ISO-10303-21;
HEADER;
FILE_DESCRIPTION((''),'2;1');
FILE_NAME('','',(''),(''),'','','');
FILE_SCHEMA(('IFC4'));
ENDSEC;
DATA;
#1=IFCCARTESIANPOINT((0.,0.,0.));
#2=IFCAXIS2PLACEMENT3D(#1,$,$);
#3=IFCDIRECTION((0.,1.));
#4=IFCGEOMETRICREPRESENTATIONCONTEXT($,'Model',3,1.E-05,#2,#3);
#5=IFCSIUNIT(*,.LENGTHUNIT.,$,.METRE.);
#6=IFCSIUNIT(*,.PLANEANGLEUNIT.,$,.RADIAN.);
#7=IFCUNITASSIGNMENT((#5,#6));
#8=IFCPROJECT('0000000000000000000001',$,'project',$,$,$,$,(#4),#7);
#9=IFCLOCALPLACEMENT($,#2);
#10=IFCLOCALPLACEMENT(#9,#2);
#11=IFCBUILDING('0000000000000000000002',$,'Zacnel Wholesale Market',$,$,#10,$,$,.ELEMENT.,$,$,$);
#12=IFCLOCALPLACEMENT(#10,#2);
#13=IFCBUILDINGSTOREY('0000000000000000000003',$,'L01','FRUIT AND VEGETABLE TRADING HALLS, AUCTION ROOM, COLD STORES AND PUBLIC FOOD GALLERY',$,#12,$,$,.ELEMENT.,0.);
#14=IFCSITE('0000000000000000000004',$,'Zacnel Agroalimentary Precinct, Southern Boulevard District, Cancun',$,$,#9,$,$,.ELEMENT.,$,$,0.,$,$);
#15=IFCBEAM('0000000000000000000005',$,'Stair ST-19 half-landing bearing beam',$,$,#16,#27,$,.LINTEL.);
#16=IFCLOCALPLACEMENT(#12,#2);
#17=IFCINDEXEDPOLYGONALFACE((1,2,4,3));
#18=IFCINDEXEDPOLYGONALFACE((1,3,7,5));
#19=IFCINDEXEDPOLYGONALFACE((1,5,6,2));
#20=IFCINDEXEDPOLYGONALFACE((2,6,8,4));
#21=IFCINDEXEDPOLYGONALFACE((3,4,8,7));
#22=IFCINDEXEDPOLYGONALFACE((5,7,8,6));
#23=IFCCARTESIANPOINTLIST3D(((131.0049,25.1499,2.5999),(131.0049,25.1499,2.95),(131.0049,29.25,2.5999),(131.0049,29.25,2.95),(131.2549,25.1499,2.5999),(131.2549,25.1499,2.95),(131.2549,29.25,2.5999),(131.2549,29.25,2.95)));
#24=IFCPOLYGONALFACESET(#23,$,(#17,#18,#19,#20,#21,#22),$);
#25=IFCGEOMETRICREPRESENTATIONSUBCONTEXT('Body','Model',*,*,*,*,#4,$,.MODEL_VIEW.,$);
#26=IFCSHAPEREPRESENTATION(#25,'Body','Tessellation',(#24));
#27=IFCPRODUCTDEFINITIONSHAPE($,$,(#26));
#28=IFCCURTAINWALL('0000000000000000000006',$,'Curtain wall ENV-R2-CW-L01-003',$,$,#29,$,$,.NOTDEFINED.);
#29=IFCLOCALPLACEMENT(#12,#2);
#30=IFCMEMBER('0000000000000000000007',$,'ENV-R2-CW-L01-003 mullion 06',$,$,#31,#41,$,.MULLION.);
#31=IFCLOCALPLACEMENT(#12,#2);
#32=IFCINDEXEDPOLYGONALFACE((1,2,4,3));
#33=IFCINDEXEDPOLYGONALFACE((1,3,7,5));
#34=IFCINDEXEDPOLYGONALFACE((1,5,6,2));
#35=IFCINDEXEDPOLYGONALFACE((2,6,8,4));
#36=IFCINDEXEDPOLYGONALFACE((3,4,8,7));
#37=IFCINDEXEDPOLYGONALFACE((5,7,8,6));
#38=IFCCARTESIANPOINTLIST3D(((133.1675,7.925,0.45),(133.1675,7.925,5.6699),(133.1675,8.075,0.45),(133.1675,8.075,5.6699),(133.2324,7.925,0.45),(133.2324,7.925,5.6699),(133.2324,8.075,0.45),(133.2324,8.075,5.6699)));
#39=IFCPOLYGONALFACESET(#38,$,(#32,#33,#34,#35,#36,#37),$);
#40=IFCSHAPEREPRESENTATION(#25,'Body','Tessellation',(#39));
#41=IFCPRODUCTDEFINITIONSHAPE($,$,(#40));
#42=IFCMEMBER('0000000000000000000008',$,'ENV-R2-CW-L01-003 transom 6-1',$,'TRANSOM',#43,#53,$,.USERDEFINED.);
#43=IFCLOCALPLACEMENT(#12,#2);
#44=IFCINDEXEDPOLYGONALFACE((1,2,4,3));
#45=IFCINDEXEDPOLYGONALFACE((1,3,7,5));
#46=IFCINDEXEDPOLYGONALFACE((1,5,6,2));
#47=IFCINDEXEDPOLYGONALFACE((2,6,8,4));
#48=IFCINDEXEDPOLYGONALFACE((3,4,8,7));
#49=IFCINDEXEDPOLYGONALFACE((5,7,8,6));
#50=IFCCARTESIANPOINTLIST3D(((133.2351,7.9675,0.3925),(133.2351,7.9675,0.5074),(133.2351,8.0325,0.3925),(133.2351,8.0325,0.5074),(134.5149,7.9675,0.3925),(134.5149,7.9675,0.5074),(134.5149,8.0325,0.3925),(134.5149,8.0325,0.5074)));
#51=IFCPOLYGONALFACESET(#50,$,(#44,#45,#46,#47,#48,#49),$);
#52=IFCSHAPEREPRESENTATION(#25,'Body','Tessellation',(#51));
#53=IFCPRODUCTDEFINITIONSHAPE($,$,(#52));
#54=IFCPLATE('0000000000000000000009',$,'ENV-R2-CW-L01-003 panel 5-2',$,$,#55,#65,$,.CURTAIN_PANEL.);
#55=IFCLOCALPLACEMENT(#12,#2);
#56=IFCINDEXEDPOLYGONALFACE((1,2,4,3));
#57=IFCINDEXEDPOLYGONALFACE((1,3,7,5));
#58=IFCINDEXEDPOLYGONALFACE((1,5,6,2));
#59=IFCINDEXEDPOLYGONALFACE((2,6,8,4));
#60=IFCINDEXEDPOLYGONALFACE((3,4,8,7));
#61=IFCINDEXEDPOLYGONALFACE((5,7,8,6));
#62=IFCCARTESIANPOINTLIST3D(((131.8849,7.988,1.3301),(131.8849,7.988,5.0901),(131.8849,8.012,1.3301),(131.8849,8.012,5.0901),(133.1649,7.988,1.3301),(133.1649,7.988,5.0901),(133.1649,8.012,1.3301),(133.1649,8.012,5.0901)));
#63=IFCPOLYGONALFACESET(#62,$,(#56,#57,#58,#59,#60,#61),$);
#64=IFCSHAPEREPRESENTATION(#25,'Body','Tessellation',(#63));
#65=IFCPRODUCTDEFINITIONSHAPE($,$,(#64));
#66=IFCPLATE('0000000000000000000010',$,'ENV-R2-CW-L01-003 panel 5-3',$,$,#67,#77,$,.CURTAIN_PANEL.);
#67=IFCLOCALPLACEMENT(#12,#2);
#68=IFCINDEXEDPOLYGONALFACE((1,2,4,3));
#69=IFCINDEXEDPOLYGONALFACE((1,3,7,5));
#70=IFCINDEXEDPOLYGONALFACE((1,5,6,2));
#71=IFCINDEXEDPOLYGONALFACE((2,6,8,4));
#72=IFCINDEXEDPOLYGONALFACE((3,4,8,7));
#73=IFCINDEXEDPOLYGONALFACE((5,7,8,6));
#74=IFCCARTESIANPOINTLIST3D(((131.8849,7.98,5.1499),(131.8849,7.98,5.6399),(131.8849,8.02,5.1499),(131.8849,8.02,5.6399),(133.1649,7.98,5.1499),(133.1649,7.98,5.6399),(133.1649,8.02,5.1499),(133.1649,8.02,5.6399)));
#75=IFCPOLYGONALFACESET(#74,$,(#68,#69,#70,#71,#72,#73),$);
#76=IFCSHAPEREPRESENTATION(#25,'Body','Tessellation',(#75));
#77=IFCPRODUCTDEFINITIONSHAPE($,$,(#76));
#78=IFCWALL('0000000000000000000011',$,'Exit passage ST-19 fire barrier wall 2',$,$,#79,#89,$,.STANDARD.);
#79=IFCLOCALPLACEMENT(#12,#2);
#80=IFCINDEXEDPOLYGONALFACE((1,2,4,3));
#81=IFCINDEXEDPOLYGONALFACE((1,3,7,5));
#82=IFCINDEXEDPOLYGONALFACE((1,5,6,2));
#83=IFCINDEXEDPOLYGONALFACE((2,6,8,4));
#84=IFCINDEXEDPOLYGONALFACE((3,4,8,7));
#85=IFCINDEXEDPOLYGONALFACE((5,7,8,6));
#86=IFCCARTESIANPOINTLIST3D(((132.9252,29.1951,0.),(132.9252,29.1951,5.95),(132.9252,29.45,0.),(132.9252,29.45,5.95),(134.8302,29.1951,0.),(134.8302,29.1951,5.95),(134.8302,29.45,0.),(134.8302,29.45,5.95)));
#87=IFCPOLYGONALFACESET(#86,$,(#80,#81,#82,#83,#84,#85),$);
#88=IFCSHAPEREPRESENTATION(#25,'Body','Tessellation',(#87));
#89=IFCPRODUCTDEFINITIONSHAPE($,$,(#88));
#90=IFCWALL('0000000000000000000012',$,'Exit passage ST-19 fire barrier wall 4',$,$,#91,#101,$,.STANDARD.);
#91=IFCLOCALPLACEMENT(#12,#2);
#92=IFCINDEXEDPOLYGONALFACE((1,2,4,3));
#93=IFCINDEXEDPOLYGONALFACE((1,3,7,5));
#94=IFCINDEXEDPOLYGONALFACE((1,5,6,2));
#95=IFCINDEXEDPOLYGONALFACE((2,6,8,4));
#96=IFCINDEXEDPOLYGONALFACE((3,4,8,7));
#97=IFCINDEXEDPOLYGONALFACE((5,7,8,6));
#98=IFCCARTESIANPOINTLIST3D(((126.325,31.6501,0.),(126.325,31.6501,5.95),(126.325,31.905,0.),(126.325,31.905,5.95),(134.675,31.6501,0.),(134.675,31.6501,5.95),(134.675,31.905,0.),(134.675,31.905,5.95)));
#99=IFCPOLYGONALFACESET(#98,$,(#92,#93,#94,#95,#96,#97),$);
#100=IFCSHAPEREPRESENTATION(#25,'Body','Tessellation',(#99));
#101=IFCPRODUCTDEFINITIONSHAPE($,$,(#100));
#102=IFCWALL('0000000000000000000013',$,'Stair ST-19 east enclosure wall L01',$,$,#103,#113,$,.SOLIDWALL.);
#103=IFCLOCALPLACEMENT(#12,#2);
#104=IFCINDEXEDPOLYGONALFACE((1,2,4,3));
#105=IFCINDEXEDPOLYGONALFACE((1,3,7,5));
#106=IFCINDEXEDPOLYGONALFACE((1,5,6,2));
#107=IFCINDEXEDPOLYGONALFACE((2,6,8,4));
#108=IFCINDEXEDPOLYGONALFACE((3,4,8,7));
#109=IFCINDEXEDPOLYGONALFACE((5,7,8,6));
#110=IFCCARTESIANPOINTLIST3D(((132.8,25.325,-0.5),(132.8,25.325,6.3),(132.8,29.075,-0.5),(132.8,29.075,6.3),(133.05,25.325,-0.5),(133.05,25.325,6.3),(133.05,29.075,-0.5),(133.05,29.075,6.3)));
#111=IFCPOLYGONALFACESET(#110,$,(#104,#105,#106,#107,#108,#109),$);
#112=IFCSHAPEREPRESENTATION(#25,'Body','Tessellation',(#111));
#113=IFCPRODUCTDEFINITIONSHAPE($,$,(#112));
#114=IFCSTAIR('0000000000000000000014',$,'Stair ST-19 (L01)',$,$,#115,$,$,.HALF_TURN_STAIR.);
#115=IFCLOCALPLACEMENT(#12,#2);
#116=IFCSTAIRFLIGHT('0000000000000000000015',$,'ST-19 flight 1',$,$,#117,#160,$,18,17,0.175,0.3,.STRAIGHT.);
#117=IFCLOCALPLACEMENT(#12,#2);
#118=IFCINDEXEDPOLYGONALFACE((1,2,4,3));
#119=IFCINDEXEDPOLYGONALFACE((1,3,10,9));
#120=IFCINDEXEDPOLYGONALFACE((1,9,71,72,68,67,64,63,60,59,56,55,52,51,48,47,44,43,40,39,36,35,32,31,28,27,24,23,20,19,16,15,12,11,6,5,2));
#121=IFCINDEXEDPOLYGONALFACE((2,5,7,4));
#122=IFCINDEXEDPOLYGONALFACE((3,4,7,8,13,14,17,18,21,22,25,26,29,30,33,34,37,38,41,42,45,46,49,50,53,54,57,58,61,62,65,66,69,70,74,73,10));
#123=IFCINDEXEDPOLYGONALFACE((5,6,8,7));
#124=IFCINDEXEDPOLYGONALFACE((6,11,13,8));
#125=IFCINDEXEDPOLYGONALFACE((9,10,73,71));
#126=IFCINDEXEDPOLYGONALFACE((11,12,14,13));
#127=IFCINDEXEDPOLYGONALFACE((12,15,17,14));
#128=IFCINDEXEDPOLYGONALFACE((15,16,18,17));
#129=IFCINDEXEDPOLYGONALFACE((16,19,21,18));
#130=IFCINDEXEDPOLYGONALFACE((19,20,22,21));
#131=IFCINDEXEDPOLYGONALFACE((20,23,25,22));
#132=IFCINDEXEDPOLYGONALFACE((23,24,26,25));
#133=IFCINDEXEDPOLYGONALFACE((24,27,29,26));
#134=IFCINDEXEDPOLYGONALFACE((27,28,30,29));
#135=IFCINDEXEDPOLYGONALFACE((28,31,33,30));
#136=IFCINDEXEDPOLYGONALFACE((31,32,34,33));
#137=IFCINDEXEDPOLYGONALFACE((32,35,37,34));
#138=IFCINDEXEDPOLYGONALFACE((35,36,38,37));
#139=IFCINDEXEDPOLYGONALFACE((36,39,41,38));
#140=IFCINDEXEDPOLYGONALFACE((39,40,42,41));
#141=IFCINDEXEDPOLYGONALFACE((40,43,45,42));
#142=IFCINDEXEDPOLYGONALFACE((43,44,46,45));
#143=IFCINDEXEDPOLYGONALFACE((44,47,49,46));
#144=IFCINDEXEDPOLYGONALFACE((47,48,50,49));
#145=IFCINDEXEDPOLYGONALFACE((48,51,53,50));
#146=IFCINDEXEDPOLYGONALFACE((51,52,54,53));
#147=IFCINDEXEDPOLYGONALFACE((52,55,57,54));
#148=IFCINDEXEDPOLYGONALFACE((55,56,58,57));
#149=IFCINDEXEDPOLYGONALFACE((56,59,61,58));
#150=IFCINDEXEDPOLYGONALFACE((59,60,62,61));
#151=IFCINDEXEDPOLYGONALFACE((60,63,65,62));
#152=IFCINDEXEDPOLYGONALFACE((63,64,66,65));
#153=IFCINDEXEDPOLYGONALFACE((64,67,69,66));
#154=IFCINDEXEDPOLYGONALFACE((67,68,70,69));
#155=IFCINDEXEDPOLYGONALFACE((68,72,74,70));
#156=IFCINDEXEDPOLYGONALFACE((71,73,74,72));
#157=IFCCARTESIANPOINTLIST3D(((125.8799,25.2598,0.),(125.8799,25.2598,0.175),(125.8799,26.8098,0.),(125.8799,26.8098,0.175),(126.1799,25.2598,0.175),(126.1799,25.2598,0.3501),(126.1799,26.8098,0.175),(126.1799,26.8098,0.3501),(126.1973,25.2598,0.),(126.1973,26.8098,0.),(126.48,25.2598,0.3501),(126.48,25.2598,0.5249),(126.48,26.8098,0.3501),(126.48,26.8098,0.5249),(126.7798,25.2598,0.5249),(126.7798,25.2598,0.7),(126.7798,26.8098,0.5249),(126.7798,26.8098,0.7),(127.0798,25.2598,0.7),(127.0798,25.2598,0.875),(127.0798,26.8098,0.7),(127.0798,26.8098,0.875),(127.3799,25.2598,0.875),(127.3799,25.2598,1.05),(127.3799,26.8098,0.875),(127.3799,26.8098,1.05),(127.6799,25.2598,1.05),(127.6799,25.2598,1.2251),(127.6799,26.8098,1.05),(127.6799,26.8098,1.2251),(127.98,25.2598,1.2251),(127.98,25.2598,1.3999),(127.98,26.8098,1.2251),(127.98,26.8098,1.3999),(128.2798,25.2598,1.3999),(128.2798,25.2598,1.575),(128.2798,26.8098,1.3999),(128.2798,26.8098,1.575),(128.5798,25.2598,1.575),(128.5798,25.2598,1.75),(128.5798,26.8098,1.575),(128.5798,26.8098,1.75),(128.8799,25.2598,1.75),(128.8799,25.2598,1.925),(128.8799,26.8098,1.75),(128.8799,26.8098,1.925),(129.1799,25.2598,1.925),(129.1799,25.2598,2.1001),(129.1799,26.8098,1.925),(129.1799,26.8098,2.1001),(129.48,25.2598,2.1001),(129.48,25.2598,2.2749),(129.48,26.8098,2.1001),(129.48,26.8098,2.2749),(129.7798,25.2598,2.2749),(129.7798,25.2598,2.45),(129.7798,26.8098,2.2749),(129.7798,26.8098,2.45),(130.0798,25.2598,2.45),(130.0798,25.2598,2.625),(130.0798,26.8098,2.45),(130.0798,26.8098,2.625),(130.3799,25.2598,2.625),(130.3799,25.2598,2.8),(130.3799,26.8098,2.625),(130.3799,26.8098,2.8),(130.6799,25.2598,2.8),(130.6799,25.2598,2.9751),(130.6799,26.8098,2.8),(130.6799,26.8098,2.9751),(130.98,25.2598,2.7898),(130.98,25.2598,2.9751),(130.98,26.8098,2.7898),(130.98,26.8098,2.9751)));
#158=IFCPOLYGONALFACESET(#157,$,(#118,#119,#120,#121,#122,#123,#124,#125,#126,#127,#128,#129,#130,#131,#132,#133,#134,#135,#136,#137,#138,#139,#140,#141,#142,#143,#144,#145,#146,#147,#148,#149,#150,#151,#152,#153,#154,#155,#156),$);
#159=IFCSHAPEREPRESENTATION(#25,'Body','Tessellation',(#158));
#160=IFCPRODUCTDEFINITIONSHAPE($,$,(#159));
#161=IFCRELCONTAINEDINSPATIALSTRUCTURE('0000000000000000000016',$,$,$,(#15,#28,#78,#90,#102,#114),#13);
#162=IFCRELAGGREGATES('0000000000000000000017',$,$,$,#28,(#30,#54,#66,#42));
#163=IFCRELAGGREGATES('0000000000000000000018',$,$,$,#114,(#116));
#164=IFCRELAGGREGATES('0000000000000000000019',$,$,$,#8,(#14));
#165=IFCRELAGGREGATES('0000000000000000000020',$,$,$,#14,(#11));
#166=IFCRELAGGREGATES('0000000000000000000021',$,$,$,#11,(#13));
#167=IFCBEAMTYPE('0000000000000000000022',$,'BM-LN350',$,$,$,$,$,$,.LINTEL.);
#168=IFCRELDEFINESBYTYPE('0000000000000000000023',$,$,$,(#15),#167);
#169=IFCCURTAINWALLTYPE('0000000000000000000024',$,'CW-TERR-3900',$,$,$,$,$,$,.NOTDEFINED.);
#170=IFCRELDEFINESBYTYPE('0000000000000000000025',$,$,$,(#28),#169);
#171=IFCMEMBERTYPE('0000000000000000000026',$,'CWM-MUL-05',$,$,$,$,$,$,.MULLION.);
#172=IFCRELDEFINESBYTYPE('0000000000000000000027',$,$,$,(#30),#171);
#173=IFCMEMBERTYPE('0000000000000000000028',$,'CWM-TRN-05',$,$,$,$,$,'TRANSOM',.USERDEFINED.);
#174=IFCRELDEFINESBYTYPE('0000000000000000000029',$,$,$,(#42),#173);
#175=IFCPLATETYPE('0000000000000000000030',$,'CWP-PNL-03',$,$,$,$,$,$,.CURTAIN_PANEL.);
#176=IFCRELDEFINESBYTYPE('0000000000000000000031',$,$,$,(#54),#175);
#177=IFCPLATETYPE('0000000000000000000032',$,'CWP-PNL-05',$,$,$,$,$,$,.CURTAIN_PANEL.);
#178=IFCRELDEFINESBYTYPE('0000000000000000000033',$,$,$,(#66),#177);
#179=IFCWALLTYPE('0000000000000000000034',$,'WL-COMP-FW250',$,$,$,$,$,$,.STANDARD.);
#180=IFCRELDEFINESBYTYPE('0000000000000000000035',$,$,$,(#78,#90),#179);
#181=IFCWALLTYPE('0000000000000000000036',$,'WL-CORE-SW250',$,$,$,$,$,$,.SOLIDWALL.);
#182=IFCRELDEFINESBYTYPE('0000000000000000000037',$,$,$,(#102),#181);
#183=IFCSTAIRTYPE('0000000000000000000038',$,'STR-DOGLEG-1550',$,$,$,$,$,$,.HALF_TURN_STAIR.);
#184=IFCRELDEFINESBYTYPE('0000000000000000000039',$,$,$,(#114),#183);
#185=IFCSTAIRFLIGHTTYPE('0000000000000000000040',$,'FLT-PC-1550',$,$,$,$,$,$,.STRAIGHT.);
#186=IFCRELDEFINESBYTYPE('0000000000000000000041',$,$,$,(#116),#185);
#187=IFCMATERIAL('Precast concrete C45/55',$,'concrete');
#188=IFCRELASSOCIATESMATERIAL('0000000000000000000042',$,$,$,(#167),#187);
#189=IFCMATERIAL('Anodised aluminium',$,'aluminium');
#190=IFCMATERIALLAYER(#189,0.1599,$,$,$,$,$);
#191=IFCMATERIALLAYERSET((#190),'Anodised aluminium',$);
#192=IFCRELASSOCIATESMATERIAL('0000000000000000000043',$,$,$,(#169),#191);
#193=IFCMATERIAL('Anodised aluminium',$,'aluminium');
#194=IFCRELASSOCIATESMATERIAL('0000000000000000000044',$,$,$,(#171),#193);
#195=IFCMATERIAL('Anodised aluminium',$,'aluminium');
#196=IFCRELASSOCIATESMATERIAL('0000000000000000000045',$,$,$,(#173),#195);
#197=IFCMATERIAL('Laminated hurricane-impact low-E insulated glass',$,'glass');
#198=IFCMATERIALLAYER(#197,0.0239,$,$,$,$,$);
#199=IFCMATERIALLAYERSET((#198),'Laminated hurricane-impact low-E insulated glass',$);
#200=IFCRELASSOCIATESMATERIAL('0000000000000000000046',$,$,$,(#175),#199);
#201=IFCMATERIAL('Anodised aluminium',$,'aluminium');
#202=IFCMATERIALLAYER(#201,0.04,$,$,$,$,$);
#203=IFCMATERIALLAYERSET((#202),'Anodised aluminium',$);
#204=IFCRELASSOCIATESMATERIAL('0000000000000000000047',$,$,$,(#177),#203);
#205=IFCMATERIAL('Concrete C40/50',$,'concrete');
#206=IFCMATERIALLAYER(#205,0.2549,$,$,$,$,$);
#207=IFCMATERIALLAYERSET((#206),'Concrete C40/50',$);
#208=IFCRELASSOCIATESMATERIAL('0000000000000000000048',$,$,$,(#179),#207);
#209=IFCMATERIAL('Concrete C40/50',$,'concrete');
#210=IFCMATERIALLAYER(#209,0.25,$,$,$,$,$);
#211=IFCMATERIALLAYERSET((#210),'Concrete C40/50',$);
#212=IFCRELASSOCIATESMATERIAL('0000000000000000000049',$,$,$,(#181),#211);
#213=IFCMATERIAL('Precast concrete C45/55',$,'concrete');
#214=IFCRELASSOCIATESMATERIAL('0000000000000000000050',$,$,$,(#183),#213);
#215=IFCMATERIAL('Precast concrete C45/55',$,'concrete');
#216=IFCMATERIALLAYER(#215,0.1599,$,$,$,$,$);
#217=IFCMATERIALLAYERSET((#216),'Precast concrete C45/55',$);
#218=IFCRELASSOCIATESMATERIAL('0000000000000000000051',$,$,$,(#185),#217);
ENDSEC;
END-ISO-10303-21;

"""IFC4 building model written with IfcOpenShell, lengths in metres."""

from ifc_helpers import new_model, si_unit, direction, frame, frame_2d, origin, origin_2d, place, context, subcontext, project, spatial, polyline, rectangle, outline, extrude, material, layer, layer_set, material_profile, profile_set, type_object, element, aggregate, save


model = new_model("IFC4")

# Units and contexts
model_context = context("Model", 3, precision=1e-05, world=origin(), true_north=direction((0.0, 1.0)))
body_context = subcontext(model_context, "Body", "Model", "MODEL_VIEW")
ifc_project = project(units=[si_unit("LENGTHUNIT", "METRE"), si_unit("PLANEANGLEUNIT", "RADIAN")], contexts=[model_context])

# Site, building, storey
site_placement = place(None, origin())
site = spatial("IfcSite", under=ifc_project, at=site_placement, Name="Zacnel Agroalimentary Precinct, Southern Boulevard District, Cancun", CompositionType="ELEMENT", RefElevation=0.0)
building_placement = place(site_placement, origin())
building = spatial("IfcBuilding", under=site, at=building_placement, Name="Zacnel Wholesale Market", CompositionType="ELEMENT")
storey_placement = place(building_placement, origin())
storey = spatial("IfcBuildingStorey", under=building, at=storey_placement, Name="L01", Description="FRUIT AND VEGETABLE TRADING HALLS, AUCTION ROOM, COLD STORES AND PUBLIC FOOD GALLERY", CompositionType="ELEMENT", Elevation=0.0)

# Beam
ifc_material_1 = material(Name="Precast concrete C45/55", Category="concrete")
ifc_material_profile_1 = material_profile(ifc_material_1, rectangle(XDim=0.25, YDim=0.3501, at=origin_2d()), Name="LN 250x350")
ifc_profile_set_1 = profile_set([ifc_material_profile_1], Name="Precast concrete C45/55")
beam_type = type_object("IfcBeamType", Name="BM-LN350", PredefinedType="LINTEL", material=ifc_profile_set_1)
beam_placement = place(storey_placement, frame((131.1299, 25.1499, 2.7749), z_axis=(0.0, 1.0, 0.0), x_axis=(-1.0, 0.0, 0.0)))
element("IfcBeam", 1, at=beam_placement, inside=storey, type_object=beam_type, Name="Stair ST-19 half-landing bearing beam", PredefinedType="LINTEL", context=body_context, shape_type="SweptSolid", body=[
    extrude(rectangle(XDim=0.25, YDim=0.3501, at=origin_2d()), origin(), (0.0, 0.0, 1.0), 4.1001),
])

# Curtain wall, members, plates
ifc_material_2 = material(Name="Anodised aluminium", Category="aluminium")
ifc_layer_1 = layer(ifc_material_2, 0.1599)
ifc_layer_set_1 = layer_set([ifc_layer_1], Name="Anodised aluminium")
curtain_wall_type = type_object("IfcCurtainWallType", Name="CW-TERR-3900", PredefinedType="NOTDEFINED", material=ifc_layer_set_1)
curtain_wall_placement = place(storey_placement, origin())
curtain_wall = element("IfcCurtainWall", 2, at=curtain_wall_placement, inside=storey, type_object=curtain_wall_type, Name="Curtain wall ENV-R2-CW-L01-003", PredefinedType="NOTDEFINED")
ifc_material_3 = material(Name="Anodised aluminium", Category="aluminium")
ifc_material_profile_2 = material_profile(ifc_material_3, rectangle(XDim=0.0649, YDim=0.1499, at=origin_2d()), Name="AW-MULLION 65x150")
ifc_profile_set_2 = profile_set([ifc_material_profile_2], Name="Anodised aluminium")
member_type_1 = type_object("IfcMemberType", Name="CWM-MUL-05", PredefinedType="MULLION", material=ifc_profile_set_2)
member_1_placement = place(storey_placement, frame((133.2, 8.0, 0.45), z_axis=(0.0, 0.0, 1.0), x_axis=(1.0, 0.0, 0.0)))
member_1 = element("IfcMember", 3, at=member_1_placement, type_object=member_type_1, Name="ENV-R2-CW-L01-003 mullion 06", PredefinedType="MULLION", context=body_context, shape_type="SweptSolid", body=[
    extrude(rectangle(XDim=0.0649, YDim=0.1499, at=origin_2d()), origin(), (0.0, 0.0, 1.0), 5.22),
])
ifc_material_4 = material(Name="Anodised aluminium", Category="aluminium")
ifc_material_profile_3 = material_profile(ifc_material_4, rectangle(XDim=0.0649, YDim=0.115, at=origin_2d()), Name="AW-TRANSOM 65x115")
ifc_profile_set_3 = profile_set([ifc_material_profile_3], Name="Anodised aluminium")
member_type_2 = type_object("IfcMemberType", Name="CWM-TRN-05", ElementType="TRANSOM", PredefinedType="USERDEFINED", material=ifc_profile_set_3)
member_2_placement = place(storey_placement, frame((133.2351, 8.0, 0.45), z_axis=(1.0, 0.0, 0.0), x_axis=(0.0, 1.0, 0.0)))
member_2 = element("IfcMember", 4, at=member_2_placement, type_object=member_type_2, Name="ENV-R2-CW-L01-003 transom 6-1", ObjectType="TRANSOM", PredefinedType="USERDEFINED", context=body_context, shape_type="SweptSolid", body=[
    extrude(rectangle(XDim=0.0649, YDim=0.115, at=origin_2d()), origin(), (0.0, 0.0, 1.0), 1.2798),
])
ifc_material_5 = material(Name="Laminated hurricane-impact low-E insulated glass", Category="glass")
ifc_layer_2 = layer(ifc_material_5, 0.0239)
ifc_layer_set_2 = layer_set([ifc_layer_2], Name="Laminated hurricane-impact low-E insulated glass")
plate_type_1 = type_object("IfcPlateType", Name="CWP-PNL-03", PredefinedType="CURTAIN_PANEL", material=ifc_layer_set_2)
plate_1_placement = place(storey_placement, frame((132.5249, 8.0, 1.3301), z_axis=(0.0, 0.0, 1.0), x_axis=(1.0, 0.0, 0.0)))
plate_1 = element("IfcPlate", 5, at=plate_1_placement, type_object=plate_type_1, Name="ENV-R2-CW-L01-003 panel 5-2", PredefinedType="CURTAIN_PANEL", context=body_context, shape_type="SweptSolid", body=[
    extrude(rectangle(XDim=1.28, YDim=0.0239, at=origin_2d()), origin(), (0.0, 0.0, 1.0), 3.76),
])
ifc_material_6 = material(Name="Anodised aluminium", Category="aluminium")
ifc_layer_3 = layer(ifc_material_6, 0.04)
ifc_layer_set_3 = layer_set([ifc_layer_3], Name="Anodised aluminium")
plate_type_2 = type_object("IfcPlateType", Name="CWP-PNL-05", PredefinedType="CURTAIN_PANEL", material=ifc_layer_set_3)
plate_2_placement = place(storey_placement, frame((132.5249, 8.0, 5.1499), z_axis=(0.0, 0.0, 1.0), x_axis=(1.0, 0.0, 0.0)))
plate_2 = element("IfcPlate", 6, at=plate_2_placement, type_object=plate_type_2, Name="ENV-R2-CW-L01-003 panel 5-3", PredefinedType="CURTAIN_PANEL", context=body_context, shape_type="SweptSolid", body=[
    extrude(rectangle(XDim=1.28, YDim=0.04, at=origin_2d()), origin(), (0.0, 0.0, 1.0), 0.49),
])
aggregate(curtain_wall, [member_1, plate_1, plate_2, member_2])

# Walls
ifc_material_7 = material(Name="Concrete C40/50", Category="concrete")
ifc_layer_4 = layer(ifc_material_7, 0.2549)
ifc_layer_set_4 = layer_set([ifc_layer_4], Name="Concrete C40/50")
wall_type_1 = type_object("IfcWallType", Name="WL-COMP-FW250", PredefinedType="STANDARD", material=ifc_layer_set_4)
wall_1_placement = place(storey_placement, frame((132.925, 29.3225, 0.0), z_axis=(0.0, 0.0, 1.0), x_axis=(1.0, 0.0, 0.0)))
element("IfcWall", 7, at=wall_1_placement, inside=storey, type_object=wall_type_1, Name="Exit passage ST-19 fire barrier wall 2", PredefinedType="STANDARD", context=body_context, shape_type="SweptSolid", body=[
    extrude(rectangle(XDim=1.905, YDim=0.2549, at=frame_2d((0.9526, 0.0))), origin(), (0.0, 0.0, 1.0), 5.95),
])
wall_2_placement = place(storey_placement, frame((126.325, 31.7776, 0.0), z_axis=(0.0, 0.0, 1.0), x_axis=(1.0, 0.0, 0.0)))
element("IfcWall", 8, at=wall_2_placement, inside=storey, type_object=wall_type_1, Name="Exit passage ST-19 fire barrier wall 4", PredefinedType="STANDARD", context=body_context, shape_type="SweptSolid", body=[
    extrude(rectangle(XDim=8.3501, YDim=0.2549, at=frame_2d((4.175, 0.0))), origin(), (0.0, 0.0, 1.0), 5.95),
])
ifc_material_8 = material(Name="Concrete C40/50", Category="concrete")
ifc_layer_5 = layer(ifc_material_8, 0.25)
ifc_layer_set_5 = layer_set([ifc_layer_5], Name="Concrete C40/50")
wall_type_2 = type_object("IfcWallType", Name="WL-CORE-SW250", PredefinedType="SOLIDWALL", material=ifc_layer_set_5)
wall_3_placement = place(storey_placement, frame((132.925, 25.325, -0.5), z_axis=(0.0, 0.0, 1.0), x_axis=(0.0, 1.0, 0.0)))
element("IfcWall", 9, at=wall_3_placement, inside=storey, type_object=wall_type_2, Name="Stair ST-19 east enclosure wall L01", PredefinedType="SOLIDWALL", context=body_context, shape_type="SweptSolid", body=[
    extrude(rectangle(XDim=3.75, YDim=0.25, at=frame_2d((1.875, 0.0))), origin(), (0.0, 0.0, 1.0), 6.8),
])

# Stair, stair flight
ifc_material_9 = material(Name="Precast concrete C45/55", Category="concrete")
stair_type = type_object("IfcStairType", Name="STR-DOGLEG-1550", PredefinedType="HALF_TURN_STAIR", material=ifc_material_9)
stair_placement = place(storey_placement, origin())
stair = element("IfcStair", 10, at=stair_placement, inside=storey, type_object=stair_type, Name="Stair ST-19 (L01)", PredefinedType="HALF_TURN_STAIR")
ifc_material_10 = material(Name="Precast concrete C45/55", Category="concrete")
ifc_layer_6 = layer(ifc_material_10, 0.1599)
ifc_layer_set_6 = layer_set([ifc_layer_6], Name="Precast concrete C45/55")
stair_flight_type = type_object("IfcStairFlightType", Name="FLT-PC-1550", PredefinedType="STRAIGHT", material=ifc_layer_set_6)
stair_flight_1_placement = place(storey_placement, frame((125.8799, 26.0349, 0.0), z_axis=(0.0, 0.0, 1.0), x_axis=(1.0, 0.0, 0.0)))
stair_flight_1 = element("IfcStairFlight", 11, at=stair_flight_1_placement, type_object=stair_flight_type, Name="ST-19 flight 1", NumberOfRisers=18, NumberOfTreads=17, PredefinedType="STRAIGHT", RiserHeight=0.175, TreadLength=0.3, context=body_context, shape_type="SweptSolid", body=[
    extrude(outline(polyline([(0.0, 0.0), (0.0, 0.175), (0.3, 0.175), (0.3, 0.3501), (0.6001, 0.3501), (0.6001, 0.5249), (0.8999, 0.5249), (0.8999, 0.7), (1.2, 0.7), (1.2, 0.875), (1.5, 0.875), (1.5, 1.05), (1.8, 1.05), (1.8, 1.2251), (2.1001, 1.2251), (2.1001, 1.3999), (2.3999, 1.3999), (2.3999, 1.575), (2.7, 1.575), (2.7, 1.75), (3.0, 1.75), (3.0, 1.925), (3.3, 1.925), (3.3, 2.1001), (3.6001, 2.1001), (3.6001, 2.2749), (3.8999, 2.2749), (3.8999, 2.45), (4.2, 2.45), (4.2, 2.625), (4.5, 2.625), (4.5, 2.8), (4.8, 2.8), (4.8, 2.9751), (5.1001, 2.9751), (5.1001, 3.1499), (5.1001, 2.7898), (0.3174, 0.0), (0.0, 0.0)])), frame((0.0, 0.7749, 0.0), z_axis=(0.0, -1.0, 0.0), x_axis=(1.0, 0.0, 0.0)), (0.0, 0.0, 1.0), 1.55),
])
aggregate(stair, [stair_flight_1])

save(model, "model.ifc")
